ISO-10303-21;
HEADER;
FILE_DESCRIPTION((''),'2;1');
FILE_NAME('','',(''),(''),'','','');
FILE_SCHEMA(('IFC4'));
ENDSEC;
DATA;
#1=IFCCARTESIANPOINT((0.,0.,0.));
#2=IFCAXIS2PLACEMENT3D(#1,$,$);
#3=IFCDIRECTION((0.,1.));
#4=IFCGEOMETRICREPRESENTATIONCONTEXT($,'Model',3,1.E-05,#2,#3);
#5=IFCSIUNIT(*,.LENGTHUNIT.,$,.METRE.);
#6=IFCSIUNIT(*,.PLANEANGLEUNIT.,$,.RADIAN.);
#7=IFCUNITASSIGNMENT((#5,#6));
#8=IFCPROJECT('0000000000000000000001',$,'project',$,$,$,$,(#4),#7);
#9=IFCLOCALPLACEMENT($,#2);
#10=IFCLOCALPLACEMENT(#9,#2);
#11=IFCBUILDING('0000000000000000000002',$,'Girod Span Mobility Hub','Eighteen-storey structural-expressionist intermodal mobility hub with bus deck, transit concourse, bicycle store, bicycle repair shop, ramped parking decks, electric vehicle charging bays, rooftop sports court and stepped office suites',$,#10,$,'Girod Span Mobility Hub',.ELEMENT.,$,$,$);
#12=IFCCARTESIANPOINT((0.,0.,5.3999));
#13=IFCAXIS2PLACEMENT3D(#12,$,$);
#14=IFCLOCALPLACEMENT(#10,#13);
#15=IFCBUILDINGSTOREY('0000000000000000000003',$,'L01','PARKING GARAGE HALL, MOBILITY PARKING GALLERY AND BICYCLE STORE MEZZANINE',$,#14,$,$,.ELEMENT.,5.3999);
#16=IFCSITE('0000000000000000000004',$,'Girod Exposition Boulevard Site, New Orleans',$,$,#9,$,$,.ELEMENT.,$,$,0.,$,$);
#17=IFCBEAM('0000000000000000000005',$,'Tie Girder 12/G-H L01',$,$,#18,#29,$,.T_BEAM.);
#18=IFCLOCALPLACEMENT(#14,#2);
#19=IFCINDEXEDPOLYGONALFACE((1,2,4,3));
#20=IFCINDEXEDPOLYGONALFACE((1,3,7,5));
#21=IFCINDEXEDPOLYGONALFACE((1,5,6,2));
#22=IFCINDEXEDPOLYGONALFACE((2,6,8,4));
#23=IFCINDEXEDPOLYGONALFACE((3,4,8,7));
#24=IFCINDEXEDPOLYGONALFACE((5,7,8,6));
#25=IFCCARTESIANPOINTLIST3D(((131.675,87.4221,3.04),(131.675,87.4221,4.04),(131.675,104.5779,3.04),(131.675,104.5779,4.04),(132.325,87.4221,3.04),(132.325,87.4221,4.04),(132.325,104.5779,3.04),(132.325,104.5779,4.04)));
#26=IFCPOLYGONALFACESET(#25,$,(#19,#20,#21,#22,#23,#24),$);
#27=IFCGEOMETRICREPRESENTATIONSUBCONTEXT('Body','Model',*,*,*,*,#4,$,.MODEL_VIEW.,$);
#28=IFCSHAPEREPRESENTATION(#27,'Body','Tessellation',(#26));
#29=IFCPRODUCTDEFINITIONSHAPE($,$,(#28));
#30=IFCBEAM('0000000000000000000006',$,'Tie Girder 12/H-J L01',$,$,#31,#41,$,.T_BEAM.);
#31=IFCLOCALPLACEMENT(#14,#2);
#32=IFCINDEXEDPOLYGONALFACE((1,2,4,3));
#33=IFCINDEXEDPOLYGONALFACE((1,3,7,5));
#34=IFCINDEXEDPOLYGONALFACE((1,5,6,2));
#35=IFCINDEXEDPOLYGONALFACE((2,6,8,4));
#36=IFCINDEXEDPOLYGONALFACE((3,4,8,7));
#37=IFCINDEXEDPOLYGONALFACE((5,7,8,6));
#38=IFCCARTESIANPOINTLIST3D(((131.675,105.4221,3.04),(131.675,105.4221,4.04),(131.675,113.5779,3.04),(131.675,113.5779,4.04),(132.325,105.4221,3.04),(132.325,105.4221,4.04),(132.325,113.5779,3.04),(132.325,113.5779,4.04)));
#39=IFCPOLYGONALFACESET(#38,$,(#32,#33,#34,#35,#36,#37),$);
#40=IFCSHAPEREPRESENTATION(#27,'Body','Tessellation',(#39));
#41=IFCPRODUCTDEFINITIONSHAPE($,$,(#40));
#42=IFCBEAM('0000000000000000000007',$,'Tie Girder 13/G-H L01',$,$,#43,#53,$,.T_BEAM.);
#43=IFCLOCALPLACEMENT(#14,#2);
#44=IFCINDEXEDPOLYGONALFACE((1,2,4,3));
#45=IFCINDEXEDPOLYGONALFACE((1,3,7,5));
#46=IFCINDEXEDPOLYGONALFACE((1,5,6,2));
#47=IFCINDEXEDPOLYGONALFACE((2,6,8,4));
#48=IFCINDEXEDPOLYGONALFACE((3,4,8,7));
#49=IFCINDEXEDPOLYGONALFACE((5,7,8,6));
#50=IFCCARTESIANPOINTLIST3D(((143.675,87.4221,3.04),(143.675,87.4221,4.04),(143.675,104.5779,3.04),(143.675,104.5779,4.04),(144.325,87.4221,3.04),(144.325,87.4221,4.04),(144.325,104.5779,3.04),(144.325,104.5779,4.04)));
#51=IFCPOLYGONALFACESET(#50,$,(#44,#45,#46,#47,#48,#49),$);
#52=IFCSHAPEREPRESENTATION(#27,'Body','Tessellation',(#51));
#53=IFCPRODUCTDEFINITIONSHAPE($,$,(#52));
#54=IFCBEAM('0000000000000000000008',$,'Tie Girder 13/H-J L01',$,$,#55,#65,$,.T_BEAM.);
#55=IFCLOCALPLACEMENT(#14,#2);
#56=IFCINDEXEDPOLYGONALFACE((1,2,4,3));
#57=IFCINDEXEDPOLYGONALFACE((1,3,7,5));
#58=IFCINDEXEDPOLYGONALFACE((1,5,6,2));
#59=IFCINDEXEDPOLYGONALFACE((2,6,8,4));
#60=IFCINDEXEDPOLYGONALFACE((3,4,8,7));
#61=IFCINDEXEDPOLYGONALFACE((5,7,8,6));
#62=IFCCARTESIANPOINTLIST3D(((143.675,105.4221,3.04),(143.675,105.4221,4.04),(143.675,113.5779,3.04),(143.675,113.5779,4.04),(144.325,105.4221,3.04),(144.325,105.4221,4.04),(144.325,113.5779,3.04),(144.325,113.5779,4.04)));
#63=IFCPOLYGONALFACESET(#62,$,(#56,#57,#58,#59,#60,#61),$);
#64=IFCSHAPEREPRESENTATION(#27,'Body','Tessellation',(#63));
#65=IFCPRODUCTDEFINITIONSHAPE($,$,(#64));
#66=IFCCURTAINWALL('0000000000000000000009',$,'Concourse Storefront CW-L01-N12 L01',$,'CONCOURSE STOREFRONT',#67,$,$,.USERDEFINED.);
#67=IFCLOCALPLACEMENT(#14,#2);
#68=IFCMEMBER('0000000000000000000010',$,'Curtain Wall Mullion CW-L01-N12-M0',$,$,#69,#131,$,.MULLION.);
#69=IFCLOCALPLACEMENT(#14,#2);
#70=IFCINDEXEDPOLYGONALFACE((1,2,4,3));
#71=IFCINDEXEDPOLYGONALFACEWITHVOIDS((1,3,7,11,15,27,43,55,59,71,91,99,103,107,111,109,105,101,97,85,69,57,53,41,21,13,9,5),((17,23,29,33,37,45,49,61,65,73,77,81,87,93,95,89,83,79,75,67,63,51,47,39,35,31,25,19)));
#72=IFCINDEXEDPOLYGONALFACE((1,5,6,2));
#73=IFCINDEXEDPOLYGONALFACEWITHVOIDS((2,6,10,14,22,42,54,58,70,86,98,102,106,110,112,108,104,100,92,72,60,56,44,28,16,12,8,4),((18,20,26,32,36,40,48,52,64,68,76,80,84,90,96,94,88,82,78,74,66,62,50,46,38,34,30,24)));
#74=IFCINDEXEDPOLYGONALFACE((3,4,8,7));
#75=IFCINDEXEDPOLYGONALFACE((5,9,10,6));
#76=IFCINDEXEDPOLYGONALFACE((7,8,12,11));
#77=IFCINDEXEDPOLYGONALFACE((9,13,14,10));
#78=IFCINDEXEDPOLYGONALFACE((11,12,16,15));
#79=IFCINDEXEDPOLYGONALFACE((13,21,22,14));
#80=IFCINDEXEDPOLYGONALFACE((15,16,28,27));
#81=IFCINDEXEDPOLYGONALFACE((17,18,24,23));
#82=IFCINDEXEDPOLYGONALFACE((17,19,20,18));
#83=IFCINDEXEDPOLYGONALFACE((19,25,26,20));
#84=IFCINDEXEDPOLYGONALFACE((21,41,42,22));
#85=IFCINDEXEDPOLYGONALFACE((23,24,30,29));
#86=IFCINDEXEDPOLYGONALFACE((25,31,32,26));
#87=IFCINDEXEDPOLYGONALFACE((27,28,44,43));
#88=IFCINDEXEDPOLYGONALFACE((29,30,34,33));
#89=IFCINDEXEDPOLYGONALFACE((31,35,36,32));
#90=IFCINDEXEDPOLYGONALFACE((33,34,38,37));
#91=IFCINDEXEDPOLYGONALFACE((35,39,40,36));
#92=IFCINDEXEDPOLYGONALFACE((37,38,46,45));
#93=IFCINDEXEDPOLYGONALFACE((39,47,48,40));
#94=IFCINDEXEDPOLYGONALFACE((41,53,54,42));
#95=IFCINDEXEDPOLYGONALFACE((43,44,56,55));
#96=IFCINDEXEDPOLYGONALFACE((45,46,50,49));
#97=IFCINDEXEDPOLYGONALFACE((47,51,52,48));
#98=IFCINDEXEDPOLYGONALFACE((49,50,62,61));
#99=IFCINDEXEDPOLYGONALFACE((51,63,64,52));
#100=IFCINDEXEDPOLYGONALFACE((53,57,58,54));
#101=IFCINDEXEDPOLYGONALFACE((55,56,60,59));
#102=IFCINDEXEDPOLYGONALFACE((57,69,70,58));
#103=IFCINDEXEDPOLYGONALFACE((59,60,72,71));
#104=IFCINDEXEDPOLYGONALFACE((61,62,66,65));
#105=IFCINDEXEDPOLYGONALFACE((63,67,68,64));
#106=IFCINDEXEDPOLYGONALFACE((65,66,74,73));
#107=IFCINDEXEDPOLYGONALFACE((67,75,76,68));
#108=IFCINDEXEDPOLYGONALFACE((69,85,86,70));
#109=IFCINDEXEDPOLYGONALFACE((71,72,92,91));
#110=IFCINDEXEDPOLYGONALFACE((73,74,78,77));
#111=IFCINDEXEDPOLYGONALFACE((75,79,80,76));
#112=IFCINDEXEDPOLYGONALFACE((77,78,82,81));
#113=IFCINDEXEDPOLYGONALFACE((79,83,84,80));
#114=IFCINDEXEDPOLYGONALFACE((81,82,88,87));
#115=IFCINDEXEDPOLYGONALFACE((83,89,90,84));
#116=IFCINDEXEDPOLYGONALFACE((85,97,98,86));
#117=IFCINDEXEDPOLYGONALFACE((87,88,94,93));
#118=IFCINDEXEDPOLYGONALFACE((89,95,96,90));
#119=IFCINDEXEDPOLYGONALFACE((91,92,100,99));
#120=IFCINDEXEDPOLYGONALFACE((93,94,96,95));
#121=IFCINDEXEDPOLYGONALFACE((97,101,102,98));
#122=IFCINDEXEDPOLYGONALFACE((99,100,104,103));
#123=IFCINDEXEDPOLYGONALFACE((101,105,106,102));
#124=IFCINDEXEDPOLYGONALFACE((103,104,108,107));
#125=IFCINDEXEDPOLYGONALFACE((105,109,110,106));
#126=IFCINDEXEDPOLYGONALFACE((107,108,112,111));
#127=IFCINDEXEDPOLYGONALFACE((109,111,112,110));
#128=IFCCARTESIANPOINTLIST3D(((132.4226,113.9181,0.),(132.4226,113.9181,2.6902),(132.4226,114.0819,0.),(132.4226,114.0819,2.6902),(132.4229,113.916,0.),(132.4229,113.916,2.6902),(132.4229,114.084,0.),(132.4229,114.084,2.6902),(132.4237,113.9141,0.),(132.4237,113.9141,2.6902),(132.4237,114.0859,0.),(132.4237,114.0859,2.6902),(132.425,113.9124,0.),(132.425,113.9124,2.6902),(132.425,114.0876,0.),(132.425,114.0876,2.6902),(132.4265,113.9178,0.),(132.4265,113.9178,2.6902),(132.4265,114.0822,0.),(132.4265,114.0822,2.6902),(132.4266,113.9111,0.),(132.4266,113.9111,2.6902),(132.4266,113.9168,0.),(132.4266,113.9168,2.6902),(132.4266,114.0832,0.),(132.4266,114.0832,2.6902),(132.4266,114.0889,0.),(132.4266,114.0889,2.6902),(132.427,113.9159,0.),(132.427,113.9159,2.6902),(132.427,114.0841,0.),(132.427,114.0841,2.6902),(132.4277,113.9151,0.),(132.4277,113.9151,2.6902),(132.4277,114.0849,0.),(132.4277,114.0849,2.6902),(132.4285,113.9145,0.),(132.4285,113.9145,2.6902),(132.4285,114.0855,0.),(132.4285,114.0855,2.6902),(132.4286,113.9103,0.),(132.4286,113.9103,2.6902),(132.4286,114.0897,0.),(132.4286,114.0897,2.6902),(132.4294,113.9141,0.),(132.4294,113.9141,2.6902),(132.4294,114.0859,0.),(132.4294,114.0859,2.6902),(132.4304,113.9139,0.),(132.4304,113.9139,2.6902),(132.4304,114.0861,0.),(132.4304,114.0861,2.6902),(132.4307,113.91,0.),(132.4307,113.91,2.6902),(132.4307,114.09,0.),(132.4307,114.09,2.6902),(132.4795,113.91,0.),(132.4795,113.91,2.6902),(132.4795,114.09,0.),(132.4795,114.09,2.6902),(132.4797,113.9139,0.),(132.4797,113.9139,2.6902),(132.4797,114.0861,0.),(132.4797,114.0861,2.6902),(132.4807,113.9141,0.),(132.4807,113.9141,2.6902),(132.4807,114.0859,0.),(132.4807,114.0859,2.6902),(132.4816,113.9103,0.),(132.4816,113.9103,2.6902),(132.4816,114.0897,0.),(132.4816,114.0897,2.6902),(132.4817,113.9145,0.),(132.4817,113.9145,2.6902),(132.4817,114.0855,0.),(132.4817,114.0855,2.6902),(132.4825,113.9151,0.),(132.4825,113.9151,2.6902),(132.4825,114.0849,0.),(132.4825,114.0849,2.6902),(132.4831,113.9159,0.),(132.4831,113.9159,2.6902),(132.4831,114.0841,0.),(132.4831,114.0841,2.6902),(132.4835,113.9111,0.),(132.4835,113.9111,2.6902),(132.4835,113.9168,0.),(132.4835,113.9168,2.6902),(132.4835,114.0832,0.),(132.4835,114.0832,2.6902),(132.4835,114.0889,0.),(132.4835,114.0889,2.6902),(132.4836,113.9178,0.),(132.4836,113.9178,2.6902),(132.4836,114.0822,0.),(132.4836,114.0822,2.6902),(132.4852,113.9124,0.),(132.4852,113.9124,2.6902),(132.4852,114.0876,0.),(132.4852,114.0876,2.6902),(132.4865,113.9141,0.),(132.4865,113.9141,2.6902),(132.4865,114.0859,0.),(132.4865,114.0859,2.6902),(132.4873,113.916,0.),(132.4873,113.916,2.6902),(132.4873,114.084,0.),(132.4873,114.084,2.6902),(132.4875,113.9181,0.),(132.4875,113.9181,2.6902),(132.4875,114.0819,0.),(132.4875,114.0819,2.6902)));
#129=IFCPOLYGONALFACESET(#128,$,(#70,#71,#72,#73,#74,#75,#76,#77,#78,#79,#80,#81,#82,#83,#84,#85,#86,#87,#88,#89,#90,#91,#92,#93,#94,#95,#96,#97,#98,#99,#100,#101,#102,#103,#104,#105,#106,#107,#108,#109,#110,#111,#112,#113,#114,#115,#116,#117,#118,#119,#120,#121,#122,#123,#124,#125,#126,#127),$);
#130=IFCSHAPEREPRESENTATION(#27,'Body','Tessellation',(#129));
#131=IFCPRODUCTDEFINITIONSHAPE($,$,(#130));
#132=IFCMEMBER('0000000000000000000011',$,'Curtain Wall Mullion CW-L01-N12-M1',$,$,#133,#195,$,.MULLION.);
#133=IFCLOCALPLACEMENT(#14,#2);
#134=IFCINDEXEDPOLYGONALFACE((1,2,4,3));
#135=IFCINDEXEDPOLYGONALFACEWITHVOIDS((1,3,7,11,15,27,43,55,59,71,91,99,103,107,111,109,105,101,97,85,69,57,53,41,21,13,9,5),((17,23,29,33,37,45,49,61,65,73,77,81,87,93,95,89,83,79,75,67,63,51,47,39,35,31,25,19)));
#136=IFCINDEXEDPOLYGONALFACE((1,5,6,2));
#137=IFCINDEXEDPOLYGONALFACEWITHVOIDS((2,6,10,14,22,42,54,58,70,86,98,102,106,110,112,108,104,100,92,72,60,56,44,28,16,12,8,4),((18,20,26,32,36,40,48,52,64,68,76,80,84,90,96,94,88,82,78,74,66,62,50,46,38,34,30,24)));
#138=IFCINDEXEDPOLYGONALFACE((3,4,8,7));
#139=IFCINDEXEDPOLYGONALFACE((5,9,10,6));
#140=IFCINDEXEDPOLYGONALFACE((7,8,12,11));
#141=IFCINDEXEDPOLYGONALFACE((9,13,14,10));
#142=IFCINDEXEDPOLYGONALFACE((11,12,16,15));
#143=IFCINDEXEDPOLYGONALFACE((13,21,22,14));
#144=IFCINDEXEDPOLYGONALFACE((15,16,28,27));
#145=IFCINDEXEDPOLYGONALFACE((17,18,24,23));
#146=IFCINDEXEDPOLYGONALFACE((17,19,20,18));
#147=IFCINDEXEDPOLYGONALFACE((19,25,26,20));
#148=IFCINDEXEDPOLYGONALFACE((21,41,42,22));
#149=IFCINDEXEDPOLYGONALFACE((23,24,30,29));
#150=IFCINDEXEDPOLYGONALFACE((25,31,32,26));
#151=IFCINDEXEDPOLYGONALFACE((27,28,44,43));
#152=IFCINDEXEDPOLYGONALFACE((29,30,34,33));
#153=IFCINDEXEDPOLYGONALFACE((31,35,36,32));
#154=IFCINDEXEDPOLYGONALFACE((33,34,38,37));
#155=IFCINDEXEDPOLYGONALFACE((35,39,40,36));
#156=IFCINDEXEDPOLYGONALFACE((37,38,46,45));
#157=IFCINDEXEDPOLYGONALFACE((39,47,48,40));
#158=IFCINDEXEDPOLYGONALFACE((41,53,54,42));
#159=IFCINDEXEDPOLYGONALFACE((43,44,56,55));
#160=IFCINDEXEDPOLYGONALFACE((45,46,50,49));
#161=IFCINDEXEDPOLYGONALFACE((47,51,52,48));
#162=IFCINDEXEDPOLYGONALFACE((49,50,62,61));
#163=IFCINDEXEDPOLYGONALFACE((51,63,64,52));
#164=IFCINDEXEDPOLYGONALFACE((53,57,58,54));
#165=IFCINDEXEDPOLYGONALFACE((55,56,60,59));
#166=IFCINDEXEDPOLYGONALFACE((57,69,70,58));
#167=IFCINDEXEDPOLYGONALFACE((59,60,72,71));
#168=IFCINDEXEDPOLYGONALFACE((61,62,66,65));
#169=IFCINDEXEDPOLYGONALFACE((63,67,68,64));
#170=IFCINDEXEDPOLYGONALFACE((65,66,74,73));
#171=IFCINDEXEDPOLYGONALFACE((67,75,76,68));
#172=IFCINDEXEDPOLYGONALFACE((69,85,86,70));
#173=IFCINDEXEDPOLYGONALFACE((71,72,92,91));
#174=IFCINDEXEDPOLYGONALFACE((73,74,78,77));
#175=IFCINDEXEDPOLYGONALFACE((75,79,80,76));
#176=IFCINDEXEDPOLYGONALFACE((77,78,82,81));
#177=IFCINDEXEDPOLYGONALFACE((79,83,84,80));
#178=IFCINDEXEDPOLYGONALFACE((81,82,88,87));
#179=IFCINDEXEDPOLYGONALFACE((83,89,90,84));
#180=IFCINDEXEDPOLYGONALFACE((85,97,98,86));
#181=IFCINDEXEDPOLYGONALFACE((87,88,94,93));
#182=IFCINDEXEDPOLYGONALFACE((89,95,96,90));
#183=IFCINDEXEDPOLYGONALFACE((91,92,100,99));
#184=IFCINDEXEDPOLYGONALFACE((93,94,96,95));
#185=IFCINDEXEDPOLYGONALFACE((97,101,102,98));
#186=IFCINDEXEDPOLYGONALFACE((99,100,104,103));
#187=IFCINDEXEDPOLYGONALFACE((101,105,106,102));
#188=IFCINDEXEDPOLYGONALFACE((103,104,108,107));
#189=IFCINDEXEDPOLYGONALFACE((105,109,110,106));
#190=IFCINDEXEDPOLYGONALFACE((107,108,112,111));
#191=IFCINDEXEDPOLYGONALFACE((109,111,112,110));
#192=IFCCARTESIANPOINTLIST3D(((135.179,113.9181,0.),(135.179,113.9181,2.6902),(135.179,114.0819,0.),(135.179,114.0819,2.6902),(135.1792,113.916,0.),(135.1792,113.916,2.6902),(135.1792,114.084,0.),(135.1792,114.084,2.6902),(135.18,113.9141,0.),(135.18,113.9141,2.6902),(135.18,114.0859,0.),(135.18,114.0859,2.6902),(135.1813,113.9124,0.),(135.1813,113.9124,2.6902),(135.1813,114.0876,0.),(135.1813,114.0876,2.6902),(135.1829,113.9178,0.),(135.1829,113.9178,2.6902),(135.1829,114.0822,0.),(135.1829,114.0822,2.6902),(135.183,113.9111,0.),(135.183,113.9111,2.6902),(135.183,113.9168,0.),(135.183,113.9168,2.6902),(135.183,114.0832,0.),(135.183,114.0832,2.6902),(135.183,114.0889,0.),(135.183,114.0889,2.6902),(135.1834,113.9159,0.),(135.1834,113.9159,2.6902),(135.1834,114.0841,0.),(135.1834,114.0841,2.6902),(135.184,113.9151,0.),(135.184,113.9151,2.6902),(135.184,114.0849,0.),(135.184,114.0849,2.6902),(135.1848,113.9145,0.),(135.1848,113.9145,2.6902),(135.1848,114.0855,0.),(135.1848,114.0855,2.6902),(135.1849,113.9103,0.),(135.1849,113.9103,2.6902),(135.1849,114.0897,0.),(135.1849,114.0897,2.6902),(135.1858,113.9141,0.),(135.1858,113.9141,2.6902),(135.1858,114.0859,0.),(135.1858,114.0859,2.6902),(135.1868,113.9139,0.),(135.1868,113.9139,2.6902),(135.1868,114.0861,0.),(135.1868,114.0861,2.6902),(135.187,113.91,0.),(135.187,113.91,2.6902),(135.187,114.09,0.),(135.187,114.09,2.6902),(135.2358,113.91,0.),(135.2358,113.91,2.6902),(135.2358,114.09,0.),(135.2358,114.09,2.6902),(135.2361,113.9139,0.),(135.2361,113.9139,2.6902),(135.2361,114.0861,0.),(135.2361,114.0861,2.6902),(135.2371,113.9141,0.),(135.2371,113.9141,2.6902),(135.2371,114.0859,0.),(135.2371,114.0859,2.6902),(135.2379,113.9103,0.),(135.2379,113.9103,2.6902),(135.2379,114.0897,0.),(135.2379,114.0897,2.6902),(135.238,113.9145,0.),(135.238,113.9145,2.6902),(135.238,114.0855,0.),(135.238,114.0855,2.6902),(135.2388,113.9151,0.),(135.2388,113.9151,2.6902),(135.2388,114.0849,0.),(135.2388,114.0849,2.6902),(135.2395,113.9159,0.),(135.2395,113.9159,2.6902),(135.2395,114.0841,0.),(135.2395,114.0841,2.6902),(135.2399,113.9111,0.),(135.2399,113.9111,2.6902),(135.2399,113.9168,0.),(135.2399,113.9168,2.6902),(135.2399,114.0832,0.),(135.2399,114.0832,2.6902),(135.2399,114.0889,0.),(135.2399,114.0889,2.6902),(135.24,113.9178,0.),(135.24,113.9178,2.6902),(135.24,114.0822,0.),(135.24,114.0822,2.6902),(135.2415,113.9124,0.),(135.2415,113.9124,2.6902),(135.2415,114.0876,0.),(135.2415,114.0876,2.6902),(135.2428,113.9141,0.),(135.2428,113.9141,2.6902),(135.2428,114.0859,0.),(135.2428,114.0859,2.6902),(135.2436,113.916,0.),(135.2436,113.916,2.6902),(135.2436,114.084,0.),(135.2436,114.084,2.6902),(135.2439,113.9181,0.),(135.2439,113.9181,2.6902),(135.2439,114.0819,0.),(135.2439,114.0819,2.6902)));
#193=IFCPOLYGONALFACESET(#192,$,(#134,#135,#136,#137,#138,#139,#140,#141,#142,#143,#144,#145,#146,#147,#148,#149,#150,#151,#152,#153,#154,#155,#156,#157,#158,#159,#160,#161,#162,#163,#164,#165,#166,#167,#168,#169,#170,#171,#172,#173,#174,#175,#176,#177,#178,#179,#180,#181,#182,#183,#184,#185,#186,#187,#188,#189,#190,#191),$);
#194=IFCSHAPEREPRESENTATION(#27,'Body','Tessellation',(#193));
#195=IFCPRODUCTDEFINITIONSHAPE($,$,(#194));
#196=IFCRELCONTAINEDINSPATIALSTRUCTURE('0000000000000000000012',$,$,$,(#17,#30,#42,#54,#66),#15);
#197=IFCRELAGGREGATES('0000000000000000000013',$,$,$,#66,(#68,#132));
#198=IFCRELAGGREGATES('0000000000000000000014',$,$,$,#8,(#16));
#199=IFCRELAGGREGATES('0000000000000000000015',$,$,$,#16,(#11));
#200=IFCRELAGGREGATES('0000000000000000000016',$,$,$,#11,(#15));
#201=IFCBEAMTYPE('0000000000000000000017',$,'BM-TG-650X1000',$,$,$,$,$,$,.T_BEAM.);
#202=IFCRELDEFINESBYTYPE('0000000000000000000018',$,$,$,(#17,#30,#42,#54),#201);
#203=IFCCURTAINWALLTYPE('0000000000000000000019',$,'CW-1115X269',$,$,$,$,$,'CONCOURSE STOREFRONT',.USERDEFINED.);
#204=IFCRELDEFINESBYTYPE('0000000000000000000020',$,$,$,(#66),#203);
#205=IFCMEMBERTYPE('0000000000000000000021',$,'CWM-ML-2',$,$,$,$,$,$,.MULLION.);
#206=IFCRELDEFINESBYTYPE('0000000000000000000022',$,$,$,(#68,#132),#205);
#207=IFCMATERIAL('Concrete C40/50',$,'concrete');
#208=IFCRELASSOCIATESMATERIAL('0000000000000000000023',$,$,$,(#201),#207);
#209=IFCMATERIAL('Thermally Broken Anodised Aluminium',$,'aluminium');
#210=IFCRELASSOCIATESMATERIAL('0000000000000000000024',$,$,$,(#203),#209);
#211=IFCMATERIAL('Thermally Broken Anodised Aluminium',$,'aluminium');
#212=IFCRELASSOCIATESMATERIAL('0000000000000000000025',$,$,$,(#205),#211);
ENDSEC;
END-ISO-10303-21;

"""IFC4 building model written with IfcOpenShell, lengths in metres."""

from ifc_helpers import new_model, si_unit, direction, frame, origin, origin_2d, place, context, subcontext, project, spatial, rectangle, hollow_rectangle, extrude, material, material_profile, profile_set, type_object, element, aggregate, save


model = new_model("IFC4")

# Units and contexts
model_context = context("Model", 3, precision=1e-05, world=origin(), true_north=direction((0.0, 1.0)))
body_context = subcontext(model_context, "Body", "Model", "MODEL_VIEW")
ifc_project = project(units=[si_unit("LENGTHUNIT", "METRE"), si_unit("PLANEANGLEUNIT", "RADIAN")], contexts=[model_context])

# Site, building, storey
site_placement = place(None, origin())
site = spatial("IfcSite", under=ifc_project, at=site_placement, Name="Girod Exposition Boulevard Site, New Orleans", CompositionType="ELEMENT", RefElevation=0.0)
building_placement = place(site_placement, origin())
building = spatial("IfcBuilding", under=site, at=building_placement, Name="Girod Span Mobility Hub", Description="Eighteen-storey structural-expressionist intermodal mobility hub with bus deck, transit concourse, bicycle store, bicycle repair shop, ramped parking decks, electric vehicle charging bays, rooftop sports court and stepped office suites", LongName="Girod Span Mobility Hub", CompositionType="ELEMENT")
storey_placement = place(building_placement, frame((0.0, 0.0, 5.3999)))
storey = spatial("IfcBuildingStorey", under=building, at=storey_placement, Name="L01", Description="PARKING GARAGE HALL, MOBILITY PARKING GALLERY AND BICYCLE STORE MEZZANINE", CompositionType="ELEMENT", Elevation=5.3999)

# Beams
ifc_material_1 = material(Name="Concrete C40/50", Category="concrete")
ifc_material_profile_1 = material_profile(ifc_material_1, rectangle(XDim=0.6499, YDim=1.0, at=origin_2d()), Name="TG-650X1000")
ifc_profile_set_1 = profile_set([ifc_material_profile_1], Name="Concrete C40/50")
beam_type_1 = type_object("IfcBeamType", Name="BM-TG-650X1000", PredefinedType="T_BEAM", material=ifc_profile_set_1)
beam_1_placement = place(storey_placement, frame((132.0, 87.4221, 3.54), z_axis=(0.0, 1.0, 0.0), x_axis=(-1.0, 0.0, 0.0)))
element("IfcBeam", 1, at=beam_1_placement, inside=storey, type_object=beam_type_1, Name="Tie Girder 12/G-H L01", PredefinedType="T_BEAM", context=body_context, shape_type="SweptSolid", body=[
    extrude(rectangle(XDim=0.6499, YDim=1.0, at=origin_2d()), origin(), (0.0, 0.0, 1.0), 17.1558),
])
beam_2_placement = place(storey_placement, frame((132.0, 105.4221, 3.54), z_axis=(0.0, 1.0, 0.0), x_axis=(-1.0, 0.0, 0.0)))
element("IfcBeam", 2, at=beam_2_placement, inside=storey, type_object=beam_type_1, Name="Tie Girder 12/H-J L01", PredefinedType="T_BEAM", context=body_context, shape_type="SweptSolid", body=[
    extrude(rectangle(XDim=0.6499, YDim=1.0, at=origin_2d()), origin(), (0.0, 0.0, 1.0), 8.1558),
])
beam_3_placement = place(storey_placement, frame((144.0, 87.4221, 3.54), z_axis=(0.0, 1.0, 0.0), x_axis=(-1.0, 0.0, 0.0)))
element("IfcBeam", 3, at=beam_3_placement, inside=storey, type_object=beam_type_1, Name="Tie Girder 13/G-H L01", PredefinedType="T_BEAM", context=body_context, shape_type="SweptSolid", body=[
    extrude(rectangle(XDim=0.6499, YDim=1.0, at=origin_2d()), origin(), (0.0, 0.0, 1.0), 17.1558),
])
beam_4_placement = place(storey_placement, frame((144.0, 105.4221, 3.54), z_axis=(0.0, 1.0, 0.0), x_axis=(-1.0, 0.0, 0.0)))
element("IfcBeam", 4, at=beam_4_placement, inside=storey, type_object=beam_type_1, Name="Tie Girder 13/H-J L01", PredefinedType="T_BEAM", context=body_context, shape_type="SweptSolid", body=[
    extrude(rectangle(XDim=0.6499, YDim=1.0, at=origin_2d()), origin(), (0.0, 0.0, 1.0), 8.1558),
])

# Curtain wall, members
ifc_material_2 = material(Name="Thermally Broken Anodised Aluminium", Category="aluminium")
curtain_wall_type = type_object("IfcCurtainWallType", Name="CW-1115X269", ElementType="CONCOURSE STOREFRONT", PredefinedType="USERDEFINED", material=ifc_material_2)
curtain_wall_placement = place(storey_placement, origin())
curtain_wall = element("IfcCurtainWall", 5, at=curtain_wall_placement, inside=storey, type_object=curtain_wall_type, Name="Concourse Storefront CW-L01-N12 L01", ObjectType="CONCOURSE STOREFRONT", PredefinedType="USERDEFINED")
ifc_material_3 = material(Name="Thermally Broken Anodised Aluminium", Category="aluminium")
ifc_material_profile_2 = material_profile(ifc_material_3, hollow_rectangle(XDim=0.1799, YDim=0.0649, WallThickness=0.0039, InnerFilletRadius=0.0039, OuterFilletRadius=0.0081, at=origin_2d()), Name="CW-ML-65X180")
ifc_profile_set_2 = profile_set([ifc_material_profile_2], Name="Thermally Broken Anodised Aluminium")
member_type_1 = type_object("IfcMemberType", Name="CWM-ML-2", PredefinedType="MULLION", material=ifc_profile_set_2)
member_1_placement = place(storey_placement, frame((132.4551, 114.0, 0.0), z_axis=(0.0, 0.0, 1.0), x_axis=(0.0, 1.0, 0.0)))
member_1 = element("IfcMember", 6, at=member_1_placement, type_object=member_type_1, Name="Curtain Wall Mullion CW-L01-N12-M0", PredefinedType="MULLION", context=body_context, shape_type="SweptSolid", body=[
    extrude(hollow_rectangle(XDim=0.1799, YDim=0.0649, WallThickness=0.0039, InnerFilletRadius=0.0039, OuterFilletRadius=0.0081, at=origin_2d()), origin(), (0.0, 0.0, 1.0), 2.6902),
])
member_2_placement = place(storey_placement, frame((135.2114, 114.0, 0.0), z_axis=(0.0, 0.0, 1.0), x_axis=(0.0, 1.0, 0.0)))
member_2 = element("IfcMember", 7, at=member_2_placement, type_object=member_type_1, Name="Curtain Wall Mullion CW-L01-N12-M1", PredefinedType="MULLION", context=body_context, shape_type="SweptSolid", body=[
    extrude(hollow_rectangle(XDim=0.1799, YDim=0.0649, WallThickness=0.0039, InnerFilletRadius=0.0039, OuterFilletRadius=0.0081, at=origin_2d()), origin(), (0.0, 0.0, 1.0), 2.6902),
])

aggregate(curtain_wall, [member_1, member_2])

save(model, "model.ifc")
